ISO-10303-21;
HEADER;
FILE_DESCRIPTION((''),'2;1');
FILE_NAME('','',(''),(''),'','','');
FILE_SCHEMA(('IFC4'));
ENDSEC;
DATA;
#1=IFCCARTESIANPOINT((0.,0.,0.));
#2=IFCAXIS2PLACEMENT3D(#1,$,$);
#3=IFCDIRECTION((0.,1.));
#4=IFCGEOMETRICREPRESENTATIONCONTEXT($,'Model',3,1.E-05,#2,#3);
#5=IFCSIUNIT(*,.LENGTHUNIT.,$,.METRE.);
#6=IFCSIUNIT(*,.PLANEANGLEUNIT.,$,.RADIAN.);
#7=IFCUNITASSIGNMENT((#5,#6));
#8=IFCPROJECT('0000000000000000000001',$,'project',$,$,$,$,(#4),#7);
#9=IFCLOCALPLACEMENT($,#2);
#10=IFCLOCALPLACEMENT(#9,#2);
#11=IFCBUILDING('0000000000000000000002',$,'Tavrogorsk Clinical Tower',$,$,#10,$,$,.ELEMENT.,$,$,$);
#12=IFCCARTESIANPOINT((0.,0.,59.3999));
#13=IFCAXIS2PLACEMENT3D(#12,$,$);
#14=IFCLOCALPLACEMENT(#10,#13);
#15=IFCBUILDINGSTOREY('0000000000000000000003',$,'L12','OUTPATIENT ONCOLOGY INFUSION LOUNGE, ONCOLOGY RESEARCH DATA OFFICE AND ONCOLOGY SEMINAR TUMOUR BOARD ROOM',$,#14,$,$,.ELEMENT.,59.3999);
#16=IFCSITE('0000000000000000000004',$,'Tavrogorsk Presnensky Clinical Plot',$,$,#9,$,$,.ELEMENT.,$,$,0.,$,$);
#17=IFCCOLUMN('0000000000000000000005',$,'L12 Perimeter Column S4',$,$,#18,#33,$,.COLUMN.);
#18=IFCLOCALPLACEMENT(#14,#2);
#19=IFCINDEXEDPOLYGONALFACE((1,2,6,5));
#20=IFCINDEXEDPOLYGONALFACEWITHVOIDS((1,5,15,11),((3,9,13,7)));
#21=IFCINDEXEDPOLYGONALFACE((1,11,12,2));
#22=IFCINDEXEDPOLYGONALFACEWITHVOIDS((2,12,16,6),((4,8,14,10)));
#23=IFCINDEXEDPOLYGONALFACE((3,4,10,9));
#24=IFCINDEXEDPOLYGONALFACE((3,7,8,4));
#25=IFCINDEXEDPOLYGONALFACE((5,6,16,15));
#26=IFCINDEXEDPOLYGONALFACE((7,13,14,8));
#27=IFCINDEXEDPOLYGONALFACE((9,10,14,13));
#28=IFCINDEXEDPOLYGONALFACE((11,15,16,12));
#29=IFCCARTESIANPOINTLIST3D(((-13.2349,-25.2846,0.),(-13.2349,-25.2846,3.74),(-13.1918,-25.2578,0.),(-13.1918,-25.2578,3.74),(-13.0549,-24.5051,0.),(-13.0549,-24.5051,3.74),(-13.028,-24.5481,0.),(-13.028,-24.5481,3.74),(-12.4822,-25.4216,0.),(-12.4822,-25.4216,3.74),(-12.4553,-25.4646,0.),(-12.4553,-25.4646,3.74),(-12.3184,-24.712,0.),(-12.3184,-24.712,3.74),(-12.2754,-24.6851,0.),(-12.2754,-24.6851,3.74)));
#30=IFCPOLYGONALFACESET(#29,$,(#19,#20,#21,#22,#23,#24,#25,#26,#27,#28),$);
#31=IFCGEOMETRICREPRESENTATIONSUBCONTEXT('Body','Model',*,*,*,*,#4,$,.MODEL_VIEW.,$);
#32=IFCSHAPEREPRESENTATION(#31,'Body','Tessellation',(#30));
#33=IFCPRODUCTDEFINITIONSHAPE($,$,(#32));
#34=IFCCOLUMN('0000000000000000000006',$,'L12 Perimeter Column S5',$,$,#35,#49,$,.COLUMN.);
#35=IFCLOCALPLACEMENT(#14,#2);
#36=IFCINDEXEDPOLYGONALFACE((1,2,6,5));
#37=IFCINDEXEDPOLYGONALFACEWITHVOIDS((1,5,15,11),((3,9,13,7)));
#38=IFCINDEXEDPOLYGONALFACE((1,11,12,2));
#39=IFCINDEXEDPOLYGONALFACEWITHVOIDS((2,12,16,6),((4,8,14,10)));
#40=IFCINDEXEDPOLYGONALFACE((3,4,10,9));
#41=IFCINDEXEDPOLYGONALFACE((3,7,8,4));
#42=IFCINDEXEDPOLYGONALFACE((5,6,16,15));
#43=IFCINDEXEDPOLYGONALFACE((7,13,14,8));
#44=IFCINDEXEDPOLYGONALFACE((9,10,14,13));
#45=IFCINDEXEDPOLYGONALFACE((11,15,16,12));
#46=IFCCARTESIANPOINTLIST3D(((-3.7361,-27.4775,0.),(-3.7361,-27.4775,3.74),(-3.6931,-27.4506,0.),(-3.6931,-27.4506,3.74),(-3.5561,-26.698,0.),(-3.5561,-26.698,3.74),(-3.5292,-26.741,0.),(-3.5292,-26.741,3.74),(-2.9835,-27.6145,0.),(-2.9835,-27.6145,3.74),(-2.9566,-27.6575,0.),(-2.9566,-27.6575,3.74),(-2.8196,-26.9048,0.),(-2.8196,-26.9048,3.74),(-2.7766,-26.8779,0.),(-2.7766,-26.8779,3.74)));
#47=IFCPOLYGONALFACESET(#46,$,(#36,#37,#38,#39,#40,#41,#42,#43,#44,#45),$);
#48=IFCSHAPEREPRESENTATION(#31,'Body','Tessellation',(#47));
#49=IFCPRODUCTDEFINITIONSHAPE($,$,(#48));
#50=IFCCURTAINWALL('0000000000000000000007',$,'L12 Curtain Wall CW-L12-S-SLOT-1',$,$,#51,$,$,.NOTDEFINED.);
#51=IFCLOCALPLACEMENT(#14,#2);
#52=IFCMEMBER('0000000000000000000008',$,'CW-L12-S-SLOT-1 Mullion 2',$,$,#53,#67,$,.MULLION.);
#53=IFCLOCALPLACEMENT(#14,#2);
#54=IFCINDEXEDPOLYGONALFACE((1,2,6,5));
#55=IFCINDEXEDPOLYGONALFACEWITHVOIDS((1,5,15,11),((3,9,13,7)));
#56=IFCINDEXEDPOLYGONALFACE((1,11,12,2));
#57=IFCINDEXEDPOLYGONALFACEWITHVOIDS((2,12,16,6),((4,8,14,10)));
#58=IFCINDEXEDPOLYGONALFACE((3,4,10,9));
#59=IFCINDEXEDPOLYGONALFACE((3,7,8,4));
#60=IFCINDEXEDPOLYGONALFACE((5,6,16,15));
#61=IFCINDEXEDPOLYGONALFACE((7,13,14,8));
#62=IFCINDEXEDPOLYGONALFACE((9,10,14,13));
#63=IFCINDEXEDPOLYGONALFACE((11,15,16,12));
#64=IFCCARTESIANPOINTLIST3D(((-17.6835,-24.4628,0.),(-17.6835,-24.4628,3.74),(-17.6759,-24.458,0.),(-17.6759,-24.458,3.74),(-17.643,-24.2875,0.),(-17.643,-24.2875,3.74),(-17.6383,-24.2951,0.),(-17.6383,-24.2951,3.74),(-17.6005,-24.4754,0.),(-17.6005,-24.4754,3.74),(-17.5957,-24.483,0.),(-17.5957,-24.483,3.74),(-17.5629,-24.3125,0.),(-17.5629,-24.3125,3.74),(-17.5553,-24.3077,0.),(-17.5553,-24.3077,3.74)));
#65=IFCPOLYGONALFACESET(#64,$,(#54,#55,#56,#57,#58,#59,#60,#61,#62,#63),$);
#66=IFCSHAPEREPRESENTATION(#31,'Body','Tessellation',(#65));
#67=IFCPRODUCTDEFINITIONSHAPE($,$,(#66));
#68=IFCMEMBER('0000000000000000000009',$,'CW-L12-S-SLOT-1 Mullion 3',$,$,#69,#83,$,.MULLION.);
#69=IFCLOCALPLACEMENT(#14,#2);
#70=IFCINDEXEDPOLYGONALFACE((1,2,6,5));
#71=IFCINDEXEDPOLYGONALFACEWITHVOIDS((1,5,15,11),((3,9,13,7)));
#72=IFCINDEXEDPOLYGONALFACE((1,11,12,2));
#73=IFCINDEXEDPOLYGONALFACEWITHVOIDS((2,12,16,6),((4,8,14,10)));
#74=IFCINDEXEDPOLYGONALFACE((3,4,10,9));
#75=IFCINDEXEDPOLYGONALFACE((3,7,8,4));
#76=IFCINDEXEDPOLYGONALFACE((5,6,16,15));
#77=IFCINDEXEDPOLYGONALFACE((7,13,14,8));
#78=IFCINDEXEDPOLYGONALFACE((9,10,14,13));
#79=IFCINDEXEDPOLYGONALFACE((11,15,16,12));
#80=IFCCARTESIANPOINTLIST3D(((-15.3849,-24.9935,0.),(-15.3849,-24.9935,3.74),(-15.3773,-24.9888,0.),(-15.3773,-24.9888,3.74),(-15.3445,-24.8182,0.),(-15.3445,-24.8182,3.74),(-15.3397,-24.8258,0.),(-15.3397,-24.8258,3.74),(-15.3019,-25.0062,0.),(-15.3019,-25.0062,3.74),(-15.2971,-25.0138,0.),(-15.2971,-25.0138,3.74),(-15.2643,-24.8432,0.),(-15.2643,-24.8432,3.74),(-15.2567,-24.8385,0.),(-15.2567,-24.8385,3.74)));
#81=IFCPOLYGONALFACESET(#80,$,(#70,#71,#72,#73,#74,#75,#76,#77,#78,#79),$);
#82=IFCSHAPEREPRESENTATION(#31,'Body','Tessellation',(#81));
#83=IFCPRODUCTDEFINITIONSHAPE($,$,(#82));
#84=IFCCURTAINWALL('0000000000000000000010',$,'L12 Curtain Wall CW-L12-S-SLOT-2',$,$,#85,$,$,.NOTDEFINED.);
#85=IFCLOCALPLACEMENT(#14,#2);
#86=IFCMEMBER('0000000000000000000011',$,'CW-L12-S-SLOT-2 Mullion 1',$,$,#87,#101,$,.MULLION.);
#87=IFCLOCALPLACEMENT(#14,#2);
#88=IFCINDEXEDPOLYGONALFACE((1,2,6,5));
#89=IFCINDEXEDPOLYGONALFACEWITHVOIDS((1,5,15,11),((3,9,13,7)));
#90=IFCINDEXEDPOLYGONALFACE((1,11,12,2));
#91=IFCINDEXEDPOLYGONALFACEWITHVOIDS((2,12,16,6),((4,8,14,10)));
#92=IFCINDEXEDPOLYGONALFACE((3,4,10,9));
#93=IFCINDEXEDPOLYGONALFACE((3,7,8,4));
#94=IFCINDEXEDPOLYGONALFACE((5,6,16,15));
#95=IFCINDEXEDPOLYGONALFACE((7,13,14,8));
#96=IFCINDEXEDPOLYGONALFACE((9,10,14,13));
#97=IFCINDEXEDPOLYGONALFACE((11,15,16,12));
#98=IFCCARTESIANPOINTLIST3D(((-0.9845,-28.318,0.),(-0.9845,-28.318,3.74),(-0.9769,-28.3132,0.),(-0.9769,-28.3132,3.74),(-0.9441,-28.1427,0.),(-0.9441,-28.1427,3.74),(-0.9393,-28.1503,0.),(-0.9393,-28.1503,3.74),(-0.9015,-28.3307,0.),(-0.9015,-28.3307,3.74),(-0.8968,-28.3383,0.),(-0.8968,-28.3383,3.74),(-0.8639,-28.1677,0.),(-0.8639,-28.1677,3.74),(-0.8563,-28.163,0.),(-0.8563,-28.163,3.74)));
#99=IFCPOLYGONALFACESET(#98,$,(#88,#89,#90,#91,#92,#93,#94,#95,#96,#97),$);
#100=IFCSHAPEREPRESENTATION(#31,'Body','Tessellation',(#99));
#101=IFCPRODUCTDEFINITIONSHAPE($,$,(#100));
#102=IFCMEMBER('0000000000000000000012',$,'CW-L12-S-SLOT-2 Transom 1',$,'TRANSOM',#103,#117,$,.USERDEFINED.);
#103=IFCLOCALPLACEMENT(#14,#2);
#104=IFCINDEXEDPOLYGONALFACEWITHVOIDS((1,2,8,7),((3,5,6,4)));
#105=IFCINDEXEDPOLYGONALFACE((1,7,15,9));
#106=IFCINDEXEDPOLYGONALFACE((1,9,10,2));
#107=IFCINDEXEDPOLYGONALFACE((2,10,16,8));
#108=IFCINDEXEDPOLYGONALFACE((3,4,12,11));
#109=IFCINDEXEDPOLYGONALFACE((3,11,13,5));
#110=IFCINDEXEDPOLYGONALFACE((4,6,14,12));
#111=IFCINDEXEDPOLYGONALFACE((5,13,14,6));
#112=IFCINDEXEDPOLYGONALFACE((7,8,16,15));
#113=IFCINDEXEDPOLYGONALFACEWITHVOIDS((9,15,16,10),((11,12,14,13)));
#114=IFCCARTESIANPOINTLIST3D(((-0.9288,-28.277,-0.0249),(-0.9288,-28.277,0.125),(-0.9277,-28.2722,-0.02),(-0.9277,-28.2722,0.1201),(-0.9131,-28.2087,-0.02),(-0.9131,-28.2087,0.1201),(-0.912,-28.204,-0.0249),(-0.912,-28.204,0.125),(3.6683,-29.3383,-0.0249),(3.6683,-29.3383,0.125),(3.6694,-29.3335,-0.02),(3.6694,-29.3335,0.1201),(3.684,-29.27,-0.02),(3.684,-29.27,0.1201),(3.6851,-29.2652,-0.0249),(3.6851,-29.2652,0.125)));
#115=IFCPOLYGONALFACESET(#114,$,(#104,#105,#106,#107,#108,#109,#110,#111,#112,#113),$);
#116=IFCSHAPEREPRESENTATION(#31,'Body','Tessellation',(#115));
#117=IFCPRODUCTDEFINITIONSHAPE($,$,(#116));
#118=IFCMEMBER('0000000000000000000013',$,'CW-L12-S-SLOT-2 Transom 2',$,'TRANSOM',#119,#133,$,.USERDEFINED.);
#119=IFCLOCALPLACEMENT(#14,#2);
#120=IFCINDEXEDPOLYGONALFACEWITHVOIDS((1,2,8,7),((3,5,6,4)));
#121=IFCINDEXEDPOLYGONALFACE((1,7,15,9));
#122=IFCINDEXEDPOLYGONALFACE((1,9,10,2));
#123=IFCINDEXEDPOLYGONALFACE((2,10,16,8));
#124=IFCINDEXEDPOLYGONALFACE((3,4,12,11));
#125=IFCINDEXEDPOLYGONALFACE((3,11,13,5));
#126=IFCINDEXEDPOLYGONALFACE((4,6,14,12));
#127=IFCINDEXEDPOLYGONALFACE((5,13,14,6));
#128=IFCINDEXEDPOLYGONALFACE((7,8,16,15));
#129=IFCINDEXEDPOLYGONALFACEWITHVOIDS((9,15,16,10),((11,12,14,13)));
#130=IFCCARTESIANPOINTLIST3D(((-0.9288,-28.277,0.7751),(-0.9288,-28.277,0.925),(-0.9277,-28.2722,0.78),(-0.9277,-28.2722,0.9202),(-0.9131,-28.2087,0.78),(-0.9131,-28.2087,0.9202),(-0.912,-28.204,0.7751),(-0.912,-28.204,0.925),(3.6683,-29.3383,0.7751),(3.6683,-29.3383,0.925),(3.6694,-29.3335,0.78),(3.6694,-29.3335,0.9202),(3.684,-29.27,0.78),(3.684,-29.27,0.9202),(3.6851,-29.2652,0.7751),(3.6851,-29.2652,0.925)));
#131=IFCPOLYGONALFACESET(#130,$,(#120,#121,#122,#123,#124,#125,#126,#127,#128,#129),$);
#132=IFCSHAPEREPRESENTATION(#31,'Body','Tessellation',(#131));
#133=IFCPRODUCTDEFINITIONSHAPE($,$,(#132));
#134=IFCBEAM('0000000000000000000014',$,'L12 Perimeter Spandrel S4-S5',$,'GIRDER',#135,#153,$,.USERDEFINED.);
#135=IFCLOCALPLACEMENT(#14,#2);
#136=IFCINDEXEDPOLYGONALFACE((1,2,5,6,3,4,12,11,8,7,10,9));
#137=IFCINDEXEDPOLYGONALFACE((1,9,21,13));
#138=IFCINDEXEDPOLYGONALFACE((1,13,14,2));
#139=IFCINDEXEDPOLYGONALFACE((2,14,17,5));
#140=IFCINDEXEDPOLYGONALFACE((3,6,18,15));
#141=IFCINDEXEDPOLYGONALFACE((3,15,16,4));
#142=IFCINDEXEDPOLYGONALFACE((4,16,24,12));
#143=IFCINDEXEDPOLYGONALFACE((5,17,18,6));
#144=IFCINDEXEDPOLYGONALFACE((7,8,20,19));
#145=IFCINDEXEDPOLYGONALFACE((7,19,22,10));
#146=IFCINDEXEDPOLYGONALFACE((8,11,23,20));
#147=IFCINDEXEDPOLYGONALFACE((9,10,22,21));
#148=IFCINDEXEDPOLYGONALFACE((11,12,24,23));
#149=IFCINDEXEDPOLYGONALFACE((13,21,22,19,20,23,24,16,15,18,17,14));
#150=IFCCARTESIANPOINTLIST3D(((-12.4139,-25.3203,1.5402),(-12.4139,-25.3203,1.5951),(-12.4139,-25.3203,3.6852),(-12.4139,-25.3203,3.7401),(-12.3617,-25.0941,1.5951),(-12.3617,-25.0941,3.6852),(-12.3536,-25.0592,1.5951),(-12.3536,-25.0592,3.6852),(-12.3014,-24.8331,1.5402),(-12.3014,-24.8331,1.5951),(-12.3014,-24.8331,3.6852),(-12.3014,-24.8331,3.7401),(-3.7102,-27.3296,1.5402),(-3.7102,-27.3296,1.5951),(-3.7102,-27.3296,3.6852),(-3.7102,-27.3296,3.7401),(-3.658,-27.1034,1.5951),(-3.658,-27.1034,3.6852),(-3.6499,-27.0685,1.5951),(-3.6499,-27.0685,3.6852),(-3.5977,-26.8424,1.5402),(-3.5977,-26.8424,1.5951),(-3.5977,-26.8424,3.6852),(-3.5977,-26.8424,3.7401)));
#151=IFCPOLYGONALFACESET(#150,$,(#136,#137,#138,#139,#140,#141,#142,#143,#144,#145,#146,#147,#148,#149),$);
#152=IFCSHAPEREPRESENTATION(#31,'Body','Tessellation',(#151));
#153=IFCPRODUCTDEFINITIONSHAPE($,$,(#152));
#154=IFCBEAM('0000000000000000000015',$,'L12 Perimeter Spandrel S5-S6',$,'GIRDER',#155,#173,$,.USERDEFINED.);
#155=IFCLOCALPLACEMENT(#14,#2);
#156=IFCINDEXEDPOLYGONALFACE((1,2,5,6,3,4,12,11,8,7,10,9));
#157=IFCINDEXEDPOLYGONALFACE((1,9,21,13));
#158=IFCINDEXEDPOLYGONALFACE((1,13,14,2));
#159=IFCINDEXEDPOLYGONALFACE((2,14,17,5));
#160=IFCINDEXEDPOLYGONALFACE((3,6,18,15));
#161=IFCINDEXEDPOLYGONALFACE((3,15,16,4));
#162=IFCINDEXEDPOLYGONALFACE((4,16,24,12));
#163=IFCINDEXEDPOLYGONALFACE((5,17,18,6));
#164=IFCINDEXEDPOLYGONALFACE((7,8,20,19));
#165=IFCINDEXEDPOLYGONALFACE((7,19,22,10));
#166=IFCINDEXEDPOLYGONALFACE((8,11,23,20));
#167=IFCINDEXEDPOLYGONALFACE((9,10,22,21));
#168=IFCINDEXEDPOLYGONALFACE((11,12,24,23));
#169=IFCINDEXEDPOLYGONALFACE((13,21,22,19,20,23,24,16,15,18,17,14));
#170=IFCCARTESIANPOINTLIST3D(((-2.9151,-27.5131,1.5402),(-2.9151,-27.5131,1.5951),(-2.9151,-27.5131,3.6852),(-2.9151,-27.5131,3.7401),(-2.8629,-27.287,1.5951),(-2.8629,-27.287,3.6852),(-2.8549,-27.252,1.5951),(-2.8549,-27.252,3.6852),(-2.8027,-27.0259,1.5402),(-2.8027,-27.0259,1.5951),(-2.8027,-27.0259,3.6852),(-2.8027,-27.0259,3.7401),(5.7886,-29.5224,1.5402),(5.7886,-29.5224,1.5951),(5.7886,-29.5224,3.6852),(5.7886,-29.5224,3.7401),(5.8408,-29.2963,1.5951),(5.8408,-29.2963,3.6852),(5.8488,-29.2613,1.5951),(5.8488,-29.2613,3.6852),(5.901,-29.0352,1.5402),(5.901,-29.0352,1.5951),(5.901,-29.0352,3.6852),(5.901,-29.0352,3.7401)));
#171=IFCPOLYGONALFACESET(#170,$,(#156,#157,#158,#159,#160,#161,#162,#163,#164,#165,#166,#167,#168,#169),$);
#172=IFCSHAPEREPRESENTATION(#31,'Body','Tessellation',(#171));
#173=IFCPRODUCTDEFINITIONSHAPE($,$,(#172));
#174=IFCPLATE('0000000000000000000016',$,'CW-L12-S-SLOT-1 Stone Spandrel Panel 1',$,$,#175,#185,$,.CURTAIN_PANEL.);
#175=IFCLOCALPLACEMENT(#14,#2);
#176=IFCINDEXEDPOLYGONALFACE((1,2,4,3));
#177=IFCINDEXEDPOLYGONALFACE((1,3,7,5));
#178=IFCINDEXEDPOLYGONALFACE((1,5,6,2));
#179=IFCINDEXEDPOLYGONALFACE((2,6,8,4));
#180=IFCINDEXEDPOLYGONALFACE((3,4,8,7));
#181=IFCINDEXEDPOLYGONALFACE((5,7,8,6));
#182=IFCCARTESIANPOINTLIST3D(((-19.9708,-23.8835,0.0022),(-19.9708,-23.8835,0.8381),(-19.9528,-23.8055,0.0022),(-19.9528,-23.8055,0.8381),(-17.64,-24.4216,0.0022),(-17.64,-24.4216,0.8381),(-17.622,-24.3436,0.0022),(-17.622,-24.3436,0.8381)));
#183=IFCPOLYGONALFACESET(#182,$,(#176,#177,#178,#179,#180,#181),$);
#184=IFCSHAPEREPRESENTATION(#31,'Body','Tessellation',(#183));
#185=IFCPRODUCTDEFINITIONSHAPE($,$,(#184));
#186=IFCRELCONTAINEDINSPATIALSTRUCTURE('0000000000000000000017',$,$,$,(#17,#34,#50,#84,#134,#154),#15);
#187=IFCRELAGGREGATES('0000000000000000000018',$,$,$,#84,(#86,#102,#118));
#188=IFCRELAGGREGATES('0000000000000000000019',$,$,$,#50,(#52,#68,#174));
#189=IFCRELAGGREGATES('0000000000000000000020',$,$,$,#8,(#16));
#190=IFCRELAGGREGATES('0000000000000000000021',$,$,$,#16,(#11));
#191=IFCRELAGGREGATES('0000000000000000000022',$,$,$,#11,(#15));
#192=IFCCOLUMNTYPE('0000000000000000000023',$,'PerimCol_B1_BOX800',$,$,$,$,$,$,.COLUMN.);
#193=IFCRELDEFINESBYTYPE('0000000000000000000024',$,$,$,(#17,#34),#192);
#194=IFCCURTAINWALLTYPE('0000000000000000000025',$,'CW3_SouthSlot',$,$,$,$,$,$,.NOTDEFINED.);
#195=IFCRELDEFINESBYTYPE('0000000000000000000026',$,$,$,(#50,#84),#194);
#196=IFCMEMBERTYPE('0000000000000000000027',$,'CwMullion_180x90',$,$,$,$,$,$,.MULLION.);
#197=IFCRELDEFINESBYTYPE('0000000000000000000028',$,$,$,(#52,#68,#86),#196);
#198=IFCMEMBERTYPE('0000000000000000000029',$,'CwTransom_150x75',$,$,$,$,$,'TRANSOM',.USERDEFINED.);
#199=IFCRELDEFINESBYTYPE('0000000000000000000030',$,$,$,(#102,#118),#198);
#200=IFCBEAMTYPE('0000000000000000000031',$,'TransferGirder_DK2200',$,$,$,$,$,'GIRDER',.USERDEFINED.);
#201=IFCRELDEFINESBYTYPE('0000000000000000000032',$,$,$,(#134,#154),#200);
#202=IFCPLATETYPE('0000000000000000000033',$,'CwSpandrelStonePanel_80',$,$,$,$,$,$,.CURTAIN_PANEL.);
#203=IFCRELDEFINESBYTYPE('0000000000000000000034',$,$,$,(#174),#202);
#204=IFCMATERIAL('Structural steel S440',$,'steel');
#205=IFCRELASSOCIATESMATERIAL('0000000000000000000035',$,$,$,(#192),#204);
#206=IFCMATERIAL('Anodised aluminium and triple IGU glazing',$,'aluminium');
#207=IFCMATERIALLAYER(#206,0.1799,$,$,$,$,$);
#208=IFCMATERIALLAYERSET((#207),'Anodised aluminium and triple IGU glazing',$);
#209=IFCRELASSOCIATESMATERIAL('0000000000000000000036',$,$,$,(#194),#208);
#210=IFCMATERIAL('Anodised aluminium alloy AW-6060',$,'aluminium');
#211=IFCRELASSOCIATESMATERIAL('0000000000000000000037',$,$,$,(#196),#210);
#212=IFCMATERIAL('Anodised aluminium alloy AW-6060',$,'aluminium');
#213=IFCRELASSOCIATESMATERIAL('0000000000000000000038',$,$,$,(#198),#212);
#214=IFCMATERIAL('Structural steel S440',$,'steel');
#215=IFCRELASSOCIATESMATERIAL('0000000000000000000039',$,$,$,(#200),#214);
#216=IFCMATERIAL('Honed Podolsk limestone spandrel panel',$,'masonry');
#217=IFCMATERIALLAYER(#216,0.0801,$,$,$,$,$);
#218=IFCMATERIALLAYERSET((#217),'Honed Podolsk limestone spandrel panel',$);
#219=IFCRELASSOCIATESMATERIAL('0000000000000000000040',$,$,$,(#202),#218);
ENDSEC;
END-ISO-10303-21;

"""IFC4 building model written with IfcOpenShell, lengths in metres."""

from ifc_helpers import new_model, si_unit, direction, frame, origin, origin_2d, place, context, subcontext, project, spatial, rectangle, hollow_rectangle, i_section, extrude, material, layer, layer_set, material_profile, profile_set, type_object, element, aggregate, save


model = new_model("IFC4")

# Units and contexts
model_context = context("Model", 3, precision=1e-05, world=origin(), true_north=direction((0.0, 1.0)))
body_context = subcontext(model_context, "Body", "Model", "MODEL_VIEW")
ifc_project = project(units=[si_unit("LENGTHUNIT", "METRE"), si_unit("PLANEANGLEUNIT", "RADIAN")], contexts=[model_context])

# Site, building, storey
site_placement = place(None, origin())
site = spatial("IfcSite", under=ifc_project, at=site_placement, Name="Tavrogorsk Presnensky Clinical Plot", CompositionType="ELEMENT", RefElevation=0.0)
building_placement = place(site_placement, origin())
building = spatial("IfcBuilding", under=site, at=building_placement, Name="Tavrogorsk Clinical Tower", CompositionType="ELEMENT")
storey_placement = place(building_placement, frame((0.0, 0.0, 59.3999)))
storey = spatial("IfcBuildingStorey", under=building, at=storey_placement, Name="L12", Description="OUTPATIENT ONCOLOGY INFUSION LOUNGE, ONCOLOGY RESEARCH DATA OFFICE AND ONCOLOGY SEMINAR TUMOUR BOARD ROOM", CompositionType="ELEMENT", Elevation=59.3999)

# Columns
ifc_material_1 = material(Name="Structural steel S440", Category="steel")
ifc_material_profile_1 = material_profile(ifc_material_1, hollow_rectangle(XDim=0.8, YDim=0.8, WallThickness=0.0359, at=origin_2d()), Name="BOX-800x800x36")
ifc_profile_set_1 = profile_set([ifc_material_profile_1], Name="Structural steel S440")
column_type = type_object("IfcColumnType", Name="PerimCol_B1_BOX800", PredefinedType="COLUMN", material=ifc_profile_set_1)
for number, where, z_axis, x_axis, name in (
    (1, (-12.7551, -24.9849, 0.0), (0.0, 0.0, 1.0), (0.97437, -0.224951, 0.0), "L12 Perimeter Column S4"),
    (2, (-3.2563, -27.1777, 0.0), (0.0, 0.0, 1.0), (0.97437, -0.224951, 0.0), "L12 Perimeter Column S5"),
):
    element("IfcColumn", number, at=place(storey_placement, frame(where, z_axis=z_axis, x_axis=x_axis)), inside=storey, type_object=column_type, Name=name, PredefinedType="COLUMN", context=body_context, shape_type="SweptSolid", body=[
        extrude(hollow_rectangle(XDim=0.8, YDim=0.8, WallThickness=0.0359, at=origin_2d()), origin(), (0.0, 0.0, 1.0), 3.74),
    ])

# Curtain walls, members
ifc_material_2 = material(Name="Anodised aluminium and triple IGU glazing", Category="aluminium")
ifc_layer_1 = layer(ifc_material_2, 0.1799)
ifc_layer_set_1 = layer_set([ifc_layer_1], Name="Anodised aluminium and triple IGU glazing")
curtain_wall_type = type_object("IfcCurtainWallType", Name="CW3_SouthSlot", PredefinedType="NOTDEFINED", material=ifc_layer_set_1)
curtain_wall_1_placement = place(storey_placement, origin())
curtain_wall_1 = element("IfcCurtainWall", 3, at=curtain_wall_1_placement, inside=storey, type_object=curtain_wall_type, Name="L12 Curtain Wall CW-L12-S-SLOT-1", PredefinedType="NOTDEFINED")
ifc_material_3 = material(Name="Anodised aluminium alloy AW-6060", Category="aluminium")
ifc_material_profile_2 = material_profile(ifc_material_3, hollow_rectangle(XDim=0.0901, YDim=0.1799, WallThickness=0.0063, at=origin_2d()), Name="RHS-180x90x6.3")
ifc_profile_set_2 = profile_set([ifc_material_profile_2], Name="Anodised aluminium alloy AW-6060")
member_type_1 = type_object("IfcMemberType", Name="CwMullion_180x90", PredefinedType="MULLION", material=ifc_profile_set_2)
member_1_placement = place(storey_placement, frame((-17.6194, -24.3853, 0.0), z_axis=(0.0, 0.0, 1.0), x_axis=(0.97437, -0.224951, 0.0)))
member_1 = element("IfcMember", 4, at=member_1_placement, type_object=member_type_1, Name="CW-L12-S-SLOT-1 Mullion 2", PredefinedType="MULLION", context=body_context, shape_type="SweptSolid", body=[
    extrude(hollow_rectangle(XDim=0.0901, YDim=0.1799, WallThickness=0.0063, at=origin_2d()), origin(), (0.0, 0.0, 1.0), 3.74),
])
member_2_placement = place(storey_placement, frame((-15.3208, -24.916, 0.0), z_axis=(0.0, 0.0, 1.0), x_axis=(0.97437, -0.224951, 0.0)))
member_2 = element("IfcMember", 5, at=member_2_placement, type_object=member_type_1, Name="CW-L12-S-SLOT-1 Mullion 3", PredefinedType="MULLION", context=body_context, shape_type="SweptSolid", body=[
    extrude(hollow_rectangle(XDim=0.0901, YDim=0.1799, WallThickness=0.0063, at=origin_2d()), origin(), (0.0, 0.0, 1.0), 3.74),
])
curtain_wall_2_placement = place(storey_placement, origin())
curtain_wall_2 = element("IfcCurtainWall", 6, at=curtain_wall_2_placement, inside=storey, type_object=curtain_wall_type, Name="L12 Curtain Wall CW-L12-S-SLOT-2", PredefinedType="NOTDEFINED")
member_3_placement = place(storey_placement, frame((-0.9204, -28.2405, 0.0), z_axis=(0.0, 0.0, 1.0), x_axis=(0.97437, -0.224951, 0.0)))
member_3 = element("IfcMember", 7, at=member_3_placement, type_object=member_type_1, Name="CW-L12-S-SLOT-2 Mullion 1", PredefinedType="MULLION", context=body_context, shape_type="SweptSolid", body=[
    extrude(hollow_rectangle(XDim=0.0901, YDim=0.1799, WallThickness=0.0063, at=origin_2d()), origin(), (0.0, 0.0, 1.0), 3.74),
])
ifc_material_4 = material(Name="Anodised aluminium alloy AW-6060", Category="aluminium")
ifc_material_profile_3 = material_profile(ifc_material_4, hollow_rectangle(XDim=0.075, YDim=0.1499, WallThickness=0.0049, at=origin_2d()), Name="RHS-150x75x5")
ifc_profile_set_3 = profile_set([ifc_material_profile_3], Name="Anodised aluminium alloy AW-6060")
member_type_2 = type_object("IfcMemberType", Name="CwTransom_150x75", ElementType="TRANSOM", PredefinedType="USERDEFINED", material=ifc_profile_set_3)
member_4_placement = place(storey_placement, frame((-0.9204, -28.2405, 0.05), z_axis=(0.974373, -0.224939, 0.0), x_axis=(0.224939, 0.974373, 0.0)))
member_4 = element("IfcMember", 8, at=member_4_placement, type_object=member_type_2, Name="CW-L12-S-SLOT-2 Transom 1", ObjectType="TRANSOM", PredefinedType="USERDEFINED", context=body_context, shape_type="SweptSolid", body=[
    extrude(hollow_rectangle(XDim=0.075, YDim=0.1499, WallThickness=0.0049, at=origin_2d()), origin(), (0.0, 0.0, 1.0), 4.718),
])
member_5_placement = place(storey_placement, frame((-0.9204, -28.2405, 0.8501), z_axis=(0.974373, -0.224939, 0.0), x_axis=(0.224939, 0.974373, 0.0)))
member_5 = element("IfcMember", 9, at=member_5_placement, type_object=member_type_2, Name="CW-L12-S-SLOT-2 Transom 2", ObjectType="TRANSOM", PredefinedType="USERDEFINED", context=body_context, shape_type="SweptSolid", body=[
    extrude(hollow_rectangle(XDim=0.075, YDim=0.1499, WallThickness=0.0049, at=origin_2d()), origin(), (0.0, 0.0, 1.0), 4.718),
])
aggregate(curtain_wall_2, [member_3, member_4, member_5])

# Beams
ifc_material_5 = material(Name="Structural steel S440", Category="steel")
ifc_material_profile_4 = material_profile(ifc_material_5, i_section(OverallWidth=0.5, OverallDepth=2.2, WebThickness=0.0359, FlangeThickness=0.0549, at=origin_2d()), Name="DK-2200x500x36x55")
ifc_profile_set_4 = profile_set([ifc_material_profile_4], Name="Structural steel S440")
beam_type = type_object("IfcBeamType", Name="TransferGirder_DK2200", ElementType="GIRDER", PredefinedType="USERDEFINED", material=ifc_profile_set_4)
for number, where, z_axis, x_axis, name in (
    (10, (-12.3577, -25.0767, 2.6401), (0.974373, -0.224939, 0.0), (0.224939, 0.974373, 0.0), "L12 Perimeter Spandrel S4-S5"),
    (11, (-2.8589, -27.2695, 2.6401), (0.974373, -0.224939, 0.0), (0.224939, 0.974373, 0.0), "L12 Perimeter Spandrel S5-S6"),
):
    element("IfcBeam", number, at=place(storey_placement, frame(where, z_axis=z_axis, x_axis=x_axis)), inside=storey, type_object=beam_type, Name=name, ObjectType="GIRDER", PredefinedType="USERDEFINED", context=body_context, shape_type="SweptSolid", body=[
        extrude(i_section(OverallWidth=0.5, OverallDepth=2.2, WebThickness=0.0359, FlangeThickness=0.0549, at=origin_2d()), origin(), (0.0, 0.0, 1.0), 8.9326),
    ])

# Plate
ifc_material_6 = material(Name="Honed Podolsk limestone spandrel panel", Category="masonry")
ifc_layer_2 = layer(ifc_material_6, 0.0801)
ifc_layer_set_2 = layer_set([ifc_layer_2], Name="Honed Podolsk limestone spandrel panel")
plate_type_1 = type_object("IfcPlateType", Name="CwSpandrelStonePanel_80", PredefinedType="CURTAIN_PANEL", material=ifc_layer_set_2)
plate_1_placement = place(storey_placement, frame((-18.7964, -24.1135, 0.0022), z_axis=(0.0, 0.0, 1.0), x_axis=(0.97437, -0.224951, 0.0)))
plate_1 = element("IfcPlate", 12, at=plate_1_placement, type_object=plate_type_1, Name="CW-L12-S-SLOT-1 Stone Spandrel Panel 1", PredefinedType="CURTAIN_PANEL", context=body_context, shape_type="SweptSolid", body=[
    extrude(rectangle(XDim=2.3921, YDim=0.0801, at=origin_2d()), origin(), (0.0, 0.0, 1.0), 0.8359),
])
aggregate(curtain_wall_1, [member_1, member_2, plate_1])

save(model, "model.ifc")
